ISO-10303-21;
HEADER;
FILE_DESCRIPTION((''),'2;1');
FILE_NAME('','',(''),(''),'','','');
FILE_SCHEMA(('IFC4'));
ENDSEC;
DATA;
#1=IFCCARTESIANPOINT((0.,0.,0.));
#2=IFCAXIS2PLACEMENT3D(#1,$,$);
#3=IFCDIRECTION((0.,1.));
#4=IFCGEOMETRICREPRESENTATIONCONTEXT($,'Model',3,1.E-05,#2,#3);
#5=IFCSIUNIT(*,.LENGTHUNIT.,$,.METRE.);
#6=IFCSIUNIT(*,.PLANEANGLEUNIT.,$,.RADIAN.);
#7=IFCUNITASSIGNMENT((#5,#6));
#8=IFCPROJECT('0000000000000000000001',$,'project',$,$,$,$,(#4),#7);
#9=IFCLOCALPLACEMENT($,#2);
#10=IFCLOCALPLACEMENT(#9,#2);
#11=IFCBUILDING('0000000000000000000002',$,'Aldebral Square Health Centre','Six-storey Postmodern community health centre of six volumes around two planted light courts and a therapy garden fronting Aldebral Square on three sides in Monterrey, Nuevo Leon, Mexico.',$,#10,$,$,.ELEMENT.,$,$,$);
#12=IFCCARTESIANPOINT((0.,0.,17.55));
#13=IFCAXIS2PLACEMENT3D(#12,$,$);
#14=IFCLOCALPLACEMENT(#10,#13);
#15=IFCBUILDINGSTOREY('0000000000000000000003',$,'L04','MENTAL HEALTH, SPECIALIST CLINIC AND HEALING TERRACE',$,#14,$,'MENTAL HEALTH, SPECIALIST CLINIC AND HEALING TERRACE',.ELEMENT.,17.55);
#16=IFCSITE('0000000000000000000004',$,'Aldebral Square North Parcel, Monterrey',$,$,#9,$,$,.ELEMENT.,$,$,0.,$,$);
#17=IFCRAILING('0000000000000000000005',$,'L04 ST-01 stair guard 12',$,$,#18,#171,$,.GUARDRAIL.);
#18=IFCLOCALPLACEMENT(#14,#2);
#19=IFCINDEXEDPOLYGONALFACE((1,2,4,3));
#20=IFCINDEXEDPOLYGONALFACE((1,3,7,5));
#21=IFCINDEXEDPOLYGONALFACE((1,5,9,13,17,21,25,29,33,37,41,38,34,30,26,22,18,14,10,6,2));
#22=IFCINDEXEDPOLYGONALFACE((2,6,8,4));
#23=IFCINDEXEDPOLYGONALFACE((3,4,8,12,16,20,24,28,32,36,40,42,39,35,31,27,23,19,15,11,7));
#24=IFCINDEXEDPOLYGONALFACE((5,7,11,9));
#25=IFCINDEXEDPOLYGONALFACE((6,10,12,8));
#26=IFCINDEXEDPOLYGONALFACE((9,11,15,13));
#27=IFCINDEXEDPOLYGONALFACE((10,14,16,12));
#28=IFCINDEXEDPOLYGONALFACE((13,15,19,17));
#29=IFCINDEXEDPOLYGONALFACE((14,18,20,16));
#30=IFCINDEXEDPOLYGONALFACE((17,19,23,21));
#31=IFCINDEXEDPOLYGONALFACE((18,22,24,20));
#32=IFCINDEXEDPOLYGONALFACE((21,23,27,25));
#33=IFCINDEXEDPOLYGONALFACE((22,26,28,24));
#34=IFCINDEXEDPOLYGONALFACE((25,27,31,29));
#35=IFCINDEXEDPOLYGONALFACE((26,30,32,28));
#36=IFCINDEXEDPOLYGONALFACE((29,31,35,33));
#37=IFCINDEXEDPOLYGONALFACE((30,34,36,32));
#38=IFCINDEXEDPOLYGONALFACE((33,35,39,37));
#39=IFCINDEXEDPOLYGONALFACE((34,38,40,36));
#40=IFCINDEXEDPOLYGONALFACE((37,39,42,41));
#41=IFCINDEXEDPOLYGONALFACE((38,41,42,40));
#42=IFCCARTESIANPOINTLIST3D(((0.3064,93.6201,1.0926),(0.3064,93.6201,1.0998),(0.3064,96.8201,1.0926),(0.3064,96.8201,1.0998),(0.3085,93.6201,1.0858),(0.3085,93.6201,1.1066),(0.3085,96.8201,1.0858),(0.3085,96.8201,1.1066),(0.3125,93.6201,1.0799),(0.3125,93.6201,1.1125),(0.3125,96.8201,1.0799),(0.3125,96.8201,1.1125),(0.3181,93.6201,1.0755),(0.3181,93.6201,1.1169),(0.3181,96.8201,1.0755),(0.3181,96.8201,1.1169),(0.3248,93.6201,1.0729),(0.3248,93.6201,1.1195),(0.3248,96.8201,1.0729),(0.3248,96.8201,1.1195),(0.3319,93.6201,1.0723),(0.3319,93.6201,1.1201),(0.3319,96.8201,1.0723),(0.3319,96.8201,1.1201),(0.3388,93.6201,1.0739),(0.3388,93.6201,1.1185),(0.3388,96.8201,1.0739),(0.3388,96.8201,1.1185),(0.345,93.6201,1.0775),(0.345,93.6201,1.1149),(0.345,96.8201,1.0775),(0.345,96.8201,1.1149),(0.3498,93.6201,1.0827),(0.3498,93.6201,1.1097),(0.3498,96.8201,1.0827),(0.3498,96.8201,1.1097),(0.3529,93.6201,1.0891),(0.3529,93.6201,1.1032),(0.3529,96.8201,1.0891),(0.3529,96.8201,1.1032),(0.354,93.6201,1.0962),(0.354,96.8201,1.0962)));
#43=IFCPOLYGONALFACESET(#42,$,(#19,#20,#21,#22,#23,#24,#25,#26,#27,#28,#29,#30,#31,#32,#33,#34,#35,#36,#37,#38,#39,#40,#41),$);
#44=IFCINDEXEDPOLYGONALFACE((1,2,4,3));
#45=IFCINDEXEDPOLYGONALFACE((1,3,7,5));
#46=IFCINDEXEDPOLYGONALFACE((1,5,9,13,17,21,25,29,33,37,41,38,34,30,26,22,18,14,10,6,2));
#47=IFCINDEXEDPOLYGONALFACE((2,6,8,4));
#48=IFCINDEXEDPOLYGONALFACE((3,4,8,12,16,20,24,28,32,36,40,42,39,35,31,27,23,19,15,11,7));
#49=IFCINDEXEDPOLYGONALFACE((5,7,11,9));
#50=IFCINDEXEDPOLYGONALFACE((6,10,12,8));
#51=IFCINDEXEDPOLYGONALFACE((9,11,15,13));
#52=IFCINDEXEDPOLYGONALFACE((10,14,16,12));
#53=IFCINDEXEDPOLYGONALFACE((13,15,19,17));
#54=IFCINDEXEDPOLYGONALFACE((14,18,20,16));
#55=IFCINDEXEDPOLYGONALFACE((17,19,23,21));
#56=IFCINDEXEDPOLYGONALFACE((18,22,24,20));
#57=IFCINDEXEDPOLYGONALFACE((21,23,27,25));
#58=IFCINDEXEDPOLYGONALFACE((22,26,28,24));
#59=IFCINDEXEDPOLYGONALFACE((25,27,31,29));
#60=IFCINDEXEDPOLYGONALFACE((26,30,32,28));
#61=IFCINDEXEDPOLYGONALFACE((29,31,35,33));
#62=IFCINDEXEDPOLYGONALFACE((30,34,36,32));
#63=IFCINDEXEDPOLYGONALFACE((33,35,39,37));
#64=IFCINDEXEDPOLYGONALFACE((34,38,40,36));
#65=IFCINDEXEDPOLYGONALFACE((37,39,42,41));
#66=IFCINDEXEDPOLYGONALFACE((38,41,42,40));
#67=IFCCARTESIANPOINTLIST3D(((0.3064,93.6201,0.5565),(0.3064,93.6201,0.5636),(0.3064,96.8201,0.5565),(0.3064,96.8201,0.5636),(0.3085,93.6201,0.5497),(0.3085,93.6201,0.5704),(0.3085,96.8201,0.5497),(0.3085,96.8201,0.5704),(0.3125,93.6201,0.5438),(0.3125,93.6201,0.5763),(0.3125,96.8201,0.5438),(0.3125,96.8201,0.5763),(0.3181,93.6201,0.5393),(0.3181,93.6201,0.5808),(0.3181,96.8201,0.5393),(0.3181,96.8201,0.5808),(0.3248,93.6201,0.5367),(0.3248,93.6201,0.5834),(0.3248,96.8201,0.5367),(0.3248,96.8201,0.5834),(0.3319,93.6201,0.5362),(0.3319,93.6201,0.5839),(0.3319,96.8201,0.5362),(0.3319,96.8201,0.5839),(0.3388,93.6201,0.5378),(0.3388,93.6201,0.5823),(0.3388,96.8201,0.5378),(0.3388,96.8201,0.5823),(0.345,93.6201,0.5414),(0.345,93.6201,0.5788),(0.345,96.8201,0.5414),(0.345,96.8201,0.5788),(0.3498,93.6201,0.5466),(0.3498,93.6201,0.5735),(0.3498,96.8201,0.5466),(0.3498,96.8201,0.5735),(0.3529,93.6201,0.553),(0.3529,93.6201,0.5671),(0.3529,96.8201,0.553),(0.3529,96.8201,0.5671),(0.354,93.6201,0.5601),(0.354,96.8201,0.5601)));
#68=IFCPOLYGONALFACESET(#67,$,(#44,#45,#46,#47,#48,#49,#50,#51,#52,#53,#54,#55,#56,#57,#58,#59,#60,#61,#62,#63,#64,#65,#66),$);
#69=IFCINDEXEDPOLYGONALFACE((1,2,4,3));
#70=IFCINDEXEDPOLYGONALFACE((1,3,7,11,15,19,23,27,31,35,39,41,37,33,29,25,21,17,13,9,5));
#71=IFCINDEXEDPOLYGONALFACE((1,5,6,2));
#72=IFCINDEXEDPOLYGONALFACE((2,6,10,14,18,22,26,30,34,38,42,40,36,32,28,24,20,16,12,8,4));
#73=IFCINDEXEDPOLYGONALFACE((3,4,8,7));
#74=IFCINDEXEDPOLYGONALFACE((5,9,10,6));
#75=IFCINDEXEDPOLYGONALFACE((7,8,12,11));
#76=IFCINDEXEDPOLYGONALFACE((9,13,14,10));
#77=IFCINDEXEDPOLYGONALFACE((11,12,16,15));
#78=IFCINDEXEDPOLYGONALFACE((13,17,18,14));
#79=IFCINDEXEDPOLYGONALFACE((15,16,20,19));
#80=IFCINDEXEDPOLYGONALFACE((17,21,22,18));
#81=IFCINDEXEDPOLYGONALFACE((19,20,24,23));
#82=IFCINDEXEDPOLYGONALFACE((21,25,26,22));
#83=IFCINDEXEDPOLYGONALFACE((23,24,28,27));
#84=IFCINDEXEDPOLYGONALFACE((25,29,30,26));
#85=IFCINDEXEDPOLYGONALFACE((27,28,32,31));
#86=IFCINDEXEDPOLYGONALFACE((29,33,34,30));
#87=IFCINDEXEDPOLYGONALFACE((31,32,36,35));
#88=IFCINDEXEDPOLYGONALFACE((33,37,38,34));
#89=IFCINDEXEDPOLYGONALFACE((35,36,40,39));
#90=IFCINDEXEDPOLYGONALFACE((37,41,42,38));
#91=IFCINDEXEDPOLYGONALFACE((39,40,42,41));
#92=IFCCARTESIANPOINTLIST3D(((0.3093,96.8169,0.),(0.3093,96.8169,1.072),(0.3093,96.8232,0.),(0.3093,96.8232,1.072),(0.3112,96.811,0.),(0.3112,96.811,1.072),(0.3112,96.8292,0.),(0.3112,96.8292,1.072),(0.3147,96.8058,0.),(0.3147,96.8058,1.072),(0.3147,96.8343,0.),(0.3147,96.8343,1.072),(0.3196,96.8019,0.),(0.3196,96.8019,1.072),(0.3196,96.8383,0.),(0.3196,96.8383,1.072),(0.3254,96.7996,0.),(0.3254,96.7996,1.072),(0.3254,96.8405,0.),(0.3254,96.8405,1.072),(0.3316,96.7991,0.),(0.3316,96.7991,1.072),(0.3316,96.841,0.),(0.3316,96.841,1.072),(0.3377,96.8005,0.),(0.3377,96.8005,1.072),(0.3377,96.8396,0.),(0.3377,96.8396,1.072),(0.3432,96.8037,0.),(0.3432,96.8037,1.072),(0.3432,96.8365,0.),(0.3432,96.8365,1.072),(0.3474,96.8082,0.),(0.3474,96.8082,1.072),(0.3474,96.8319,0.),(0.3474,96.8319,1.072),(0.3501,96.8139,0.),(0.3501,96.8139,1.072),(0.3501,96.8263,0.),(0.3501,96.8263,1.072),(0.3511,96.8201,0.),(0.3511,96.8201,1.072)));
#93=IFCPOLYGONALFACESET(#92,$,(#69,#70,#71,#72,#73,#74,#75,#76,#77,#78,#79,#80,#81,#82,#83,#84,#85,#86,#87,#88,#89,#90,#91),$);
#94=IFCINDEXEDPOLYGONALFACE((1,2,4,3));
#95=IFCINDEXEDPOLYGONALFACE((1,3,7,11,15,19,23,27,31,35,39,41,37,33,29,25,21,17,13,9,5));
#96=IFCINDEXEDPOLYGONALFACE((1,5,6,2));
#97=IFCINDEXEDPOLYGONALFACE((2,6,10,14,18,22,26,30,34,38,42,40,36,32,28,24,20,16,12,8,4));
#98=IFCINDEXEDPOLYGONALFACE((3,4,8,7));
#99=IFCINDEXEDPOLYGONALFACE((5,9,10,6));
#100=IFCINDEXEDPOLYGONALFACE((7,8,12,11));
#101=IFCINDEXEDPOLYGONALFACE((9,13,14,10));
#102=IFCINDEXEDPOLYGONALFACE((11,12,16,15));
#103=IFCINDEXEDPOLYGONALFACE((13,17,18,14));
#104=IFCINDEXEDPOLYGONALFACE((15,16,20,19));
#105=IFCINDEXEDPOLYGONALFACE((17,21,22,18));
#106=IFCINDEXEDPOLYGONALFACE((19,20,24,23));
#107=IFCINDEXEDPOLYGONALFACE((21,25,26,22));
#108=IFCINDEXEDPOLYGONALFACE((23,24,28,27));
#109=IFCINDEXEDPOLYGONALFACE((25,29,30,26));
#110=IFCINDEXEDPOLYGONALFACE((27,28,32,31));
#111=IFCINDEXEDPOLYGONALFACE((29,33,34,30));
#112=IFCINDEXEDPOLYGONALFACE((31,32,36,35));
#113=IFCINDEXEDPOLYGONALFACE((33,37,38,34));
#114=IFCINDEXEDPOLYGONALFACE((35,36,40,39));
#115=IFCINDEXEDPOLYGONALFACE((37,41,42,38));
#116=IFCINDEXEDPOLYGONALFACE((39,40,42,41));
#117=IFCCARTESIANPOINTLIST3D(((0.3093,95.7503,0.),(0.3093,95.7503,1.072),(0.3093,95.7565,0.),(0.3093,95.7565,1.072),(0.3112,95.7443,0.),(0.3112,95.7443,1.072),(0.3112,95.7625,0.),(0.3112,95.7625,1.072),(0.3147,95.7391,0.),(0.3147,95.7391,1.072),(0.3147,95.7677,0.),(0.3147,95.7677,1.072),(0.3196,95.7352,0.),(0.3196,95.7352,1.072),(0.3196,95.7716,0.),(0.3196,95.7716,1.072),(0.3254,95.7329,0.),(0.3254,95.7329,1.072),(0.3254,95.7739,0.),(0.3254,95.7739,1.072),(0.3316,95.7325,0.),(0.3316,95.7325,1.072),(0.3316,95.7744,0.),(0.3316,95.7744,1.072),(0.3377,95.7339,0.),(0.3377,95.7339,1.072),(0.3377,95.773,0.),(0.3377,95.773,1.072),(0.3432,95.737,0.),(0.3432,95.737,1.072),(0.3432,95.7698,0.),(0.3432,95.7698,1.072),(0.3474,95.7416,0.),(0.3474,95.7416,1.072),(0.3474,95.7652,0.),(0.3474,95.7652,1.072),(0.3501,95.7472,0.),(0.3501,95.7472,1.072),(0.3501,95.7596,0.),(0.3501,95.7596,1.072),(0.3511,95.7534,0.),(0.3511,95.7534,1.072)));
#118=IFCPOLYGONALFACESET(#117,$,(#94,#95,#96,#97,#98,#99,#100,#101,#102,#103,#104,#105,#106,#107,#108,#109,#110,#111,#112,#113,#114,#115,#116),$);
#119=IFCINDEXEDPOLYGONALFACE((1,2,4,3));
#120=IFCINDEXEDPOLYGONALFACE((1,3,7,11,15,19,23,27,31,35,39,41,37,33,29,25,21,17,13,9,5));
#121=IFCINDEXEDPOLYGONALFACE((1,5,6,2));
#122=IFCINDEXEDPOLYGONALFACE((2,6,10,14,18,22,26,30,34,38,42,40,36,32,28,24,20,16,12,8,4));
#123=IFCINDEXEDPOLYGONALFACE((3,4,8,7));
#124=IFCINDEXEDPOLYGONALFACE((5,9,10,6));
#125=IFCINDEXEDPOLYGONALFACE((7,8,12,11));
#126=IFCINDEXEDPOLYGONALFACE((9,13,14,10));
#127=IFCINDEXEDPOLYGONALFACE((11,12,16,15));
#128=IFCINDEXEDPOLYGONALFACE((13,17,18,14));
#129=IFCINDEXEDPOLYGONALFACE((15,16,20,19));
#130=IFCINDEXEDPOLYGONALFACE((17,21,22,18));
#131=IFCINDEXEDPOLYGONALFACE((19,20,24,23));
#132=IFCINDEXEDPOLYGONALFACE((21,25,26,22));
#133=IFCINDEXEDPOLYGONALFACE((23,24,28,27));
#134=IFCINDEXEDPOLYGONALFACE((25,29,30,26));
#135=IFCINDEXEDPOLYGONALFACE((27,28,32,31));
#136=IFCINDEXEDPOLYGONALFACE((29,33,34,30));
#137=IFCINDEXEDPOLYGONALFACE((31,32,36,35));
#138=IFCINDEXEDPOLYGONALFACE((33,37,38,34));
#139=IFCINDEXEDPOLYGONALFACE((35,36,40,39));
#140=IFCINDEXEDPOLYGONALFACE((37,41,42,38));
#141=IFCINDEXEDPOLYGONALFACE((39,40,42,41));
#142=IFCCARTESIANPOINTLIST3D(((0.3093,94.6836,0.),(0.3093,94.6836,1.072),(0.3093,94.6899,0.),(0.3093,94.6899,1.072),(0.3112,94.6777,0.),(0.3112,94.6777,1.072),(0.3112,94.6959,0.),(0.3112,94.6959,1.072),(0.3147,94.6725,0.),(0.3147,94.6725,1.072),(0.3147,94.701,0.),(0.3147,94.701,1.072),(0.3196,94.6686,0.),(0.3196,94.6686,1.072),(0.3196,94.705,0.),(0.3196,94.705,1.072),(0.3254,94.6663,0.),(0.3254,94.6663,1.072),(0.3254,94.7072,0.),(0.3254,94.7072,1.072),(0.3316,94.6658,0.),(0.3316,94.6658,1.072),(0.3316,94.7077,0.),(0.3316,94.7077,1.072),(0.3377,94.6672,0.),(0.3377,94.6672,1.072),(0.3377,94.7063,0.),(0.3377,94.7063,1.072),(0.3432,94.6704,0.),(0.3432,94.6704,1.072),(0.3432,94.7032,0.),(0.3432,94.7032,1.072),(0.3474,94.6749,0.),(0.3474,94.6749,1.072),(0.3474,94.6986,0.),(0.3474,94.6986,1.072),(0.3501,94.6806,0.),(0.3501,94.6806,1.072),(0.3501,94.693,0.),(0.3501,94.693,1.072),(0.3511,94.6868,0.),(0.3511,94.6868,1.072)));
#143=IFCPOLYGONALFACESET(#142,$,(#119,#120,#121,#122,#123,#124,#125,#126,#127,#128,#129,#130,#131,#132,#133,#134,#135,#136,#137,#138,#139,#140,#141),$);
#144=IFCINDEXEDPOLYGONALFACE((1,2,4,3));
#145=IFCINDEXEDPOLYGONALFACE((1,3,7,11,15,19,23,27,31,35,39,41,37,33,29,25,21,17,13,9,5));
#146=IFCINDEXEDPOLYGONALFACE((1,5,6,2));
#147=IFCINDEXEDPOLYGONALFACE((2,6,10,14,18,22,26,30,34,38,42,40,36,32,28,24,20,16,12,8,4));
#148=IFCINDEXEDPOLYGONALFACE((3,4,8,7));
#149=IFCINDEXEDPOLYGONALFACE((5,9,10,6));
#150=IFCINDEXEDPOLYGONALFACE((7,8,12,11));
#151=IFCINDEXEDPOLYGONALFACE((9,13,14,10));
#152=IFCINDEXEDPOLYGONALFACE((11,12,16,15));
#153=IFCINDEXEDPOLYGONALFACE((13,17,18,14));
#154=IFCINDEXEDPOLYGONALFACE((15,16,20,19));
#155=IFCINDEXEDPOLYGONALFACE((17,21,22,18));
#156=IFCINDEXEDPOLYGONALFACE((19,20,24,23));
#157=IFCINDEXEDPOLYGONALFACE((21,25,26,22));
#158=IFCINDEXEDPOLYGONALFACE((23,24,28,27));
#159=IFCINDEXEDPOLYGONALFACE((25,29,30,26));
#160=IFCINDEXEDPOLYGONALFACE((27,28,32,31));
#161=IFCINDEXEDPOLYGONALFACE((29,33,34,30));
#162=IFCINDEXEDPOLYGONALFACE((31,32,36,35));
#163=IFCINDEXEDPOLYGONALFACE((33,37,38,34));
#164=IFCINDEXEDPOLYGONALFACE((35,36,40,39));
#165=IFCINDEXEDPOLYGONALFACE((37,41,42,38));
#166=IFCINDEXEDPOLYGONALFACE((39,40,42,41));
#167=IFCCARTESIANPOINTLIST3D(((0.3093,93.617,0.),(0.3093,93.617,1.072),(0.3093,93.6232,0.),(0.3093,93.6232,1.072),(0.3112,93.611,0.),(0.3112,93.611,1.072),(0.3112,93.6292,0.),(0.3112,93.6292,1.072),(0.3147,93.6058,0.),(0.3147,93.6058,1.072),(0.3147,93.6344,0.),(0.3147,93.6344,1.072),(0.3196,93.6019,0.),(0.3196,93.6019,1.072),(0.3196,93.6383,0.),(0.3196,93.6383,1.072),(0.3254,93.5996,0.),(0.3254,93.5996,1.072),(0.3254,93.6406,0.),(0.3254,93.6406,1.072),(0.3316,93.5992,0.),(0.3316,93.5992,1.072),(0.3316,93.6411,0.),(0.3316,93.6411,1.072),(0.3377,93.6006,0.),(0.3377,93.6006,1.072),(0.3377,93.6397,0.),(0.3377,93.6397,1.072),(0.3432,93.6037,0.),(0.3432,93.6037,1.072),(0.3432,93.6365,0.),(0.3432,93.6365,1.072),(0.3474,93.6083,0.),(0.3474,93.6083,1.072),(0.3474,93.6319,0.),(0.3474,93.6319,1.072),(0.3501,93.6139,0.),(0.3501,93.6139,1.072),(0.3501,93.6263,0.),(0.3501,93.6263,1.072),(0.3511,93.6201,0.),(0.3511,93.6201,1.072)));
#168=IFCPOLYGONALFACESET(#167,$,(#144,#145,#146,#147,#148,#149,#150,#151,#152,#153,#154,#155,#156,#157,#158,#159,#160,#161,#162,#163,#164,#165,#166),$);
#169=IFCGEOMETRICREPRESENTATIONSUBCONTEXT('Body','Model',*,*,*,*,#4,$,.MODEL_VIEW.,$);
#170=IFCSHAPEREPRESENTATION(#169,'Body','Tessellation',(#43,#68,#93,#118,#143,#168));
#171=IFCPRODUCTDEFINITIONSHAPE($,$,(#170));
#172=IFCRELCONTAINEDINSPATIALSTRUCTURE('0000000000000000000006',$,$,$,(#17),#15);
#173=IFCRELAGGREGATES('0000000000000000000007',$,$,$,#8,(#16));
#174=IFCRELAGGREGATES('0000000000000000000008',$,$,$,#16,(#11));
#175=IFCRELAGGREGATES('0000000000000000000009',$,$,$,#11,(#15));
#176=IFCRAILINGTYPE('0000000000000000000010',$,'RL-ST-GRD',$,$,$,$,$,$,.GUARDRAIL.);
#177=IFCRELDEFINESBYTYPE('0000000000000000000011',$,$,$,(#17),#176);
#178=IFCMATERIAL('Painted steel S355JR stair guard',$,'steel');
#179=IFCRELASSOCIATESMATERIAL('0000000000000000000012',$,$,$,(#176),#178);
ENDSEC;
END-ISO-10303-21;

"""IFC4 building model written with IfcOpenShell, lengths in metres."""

from ifc_helpers import new_model, si_unit, direction, frame, origin, origin_2d, place, context, subcontext, project, spatial, circle, extrude, material, type_object, element, save


model = new_model("IFC4")

# Units and contexts
model_context = context("Model", 3, precision=1e-05, world=origin(), true_north=direction((0.0, 1.0)))
body_context = subcontext(model_context, "Body", "Model", "MODEL_VIEW")
ifc_project = project(units=[si_unit("LENGTHUNIT", "METRE"), si_unit("PLANEANGLEUNIT", "RADIAN")], contexts=[model_context])

# Site, building, storey
site_placement = place(None, origin())
site = spatial("IfcSite", under=ifc_project, at=site_placement, Name="Aldebral Square North Parcel, Monterrey", CompositionType="ELEMENT", RefElevation=0.0)
building_placement = place(site_placement, origin())
building = spatial("IfcBuilding", under=site, at=building_placement, Name="Aldebral Square Health Centre", Description="Six-storey Postmodern community health centre of six volumes around two planted light courts and a therapy garden fronting Aldebral Square on three sides in Monterrey, Nuevo Leon, Mexico.", CompositionType="ELEMENT")
storey_placement = place(building_placement, frame((0.0, 0.0, 17.55)))
storey = spatial("IfcBuildingStorey", under=building, at=storey_placement, Name="L04", Description="MENTAL HEALTH, SPECIALIST CLINIC AND HEALING TERRACE", LongName="MENTAL HEALTH, SPECIALIST CLINIC AND HEALING TERRACE", CompositionType="ELEMENT", Elevation=17.55)

# Railing
ifc_material_1 = material(Name="Painted steel S355JR stair guard", Category="steel")
railing_type_1 = type_object("IfcRailingType", Name="RL-ST-GRD", PredefinedType="GUARDRAIL", material=ifc_material_1)
railing_1_placement = place(storey_placement, frame((0.3301, 96.8201, 0.0)))
element("IfcRailing", 1, at=railing_1_placement, inside=storey, type_object=railing_type_1, Name="L04 ST-01 stair guard 12", PredefinedType="GUARDRAIL", context=body_context, shape_type="SweptSolid", body=[
    extrude(circle(Radius=0.0239, at=origin_2d()), frame((0.0, 0.0, 1.0962), z_axis=(0.0, -1.0, 0.0), x_axis=(1.0, 0.0, 0.0)), (0.0, 0.0, 1.0), 3.2),
    extrude(circle(Radius=0.0239, at=origin_2d()), frame((0.0, 0.0, 0.5601), z_axis=(0.0, -1.0, 0.0), x_axis=(1.0, 0.0, 0.0)), (0.0, 0.0, 1.0), 3.2),
    extrude(circle(Radius=0.021, at=origin_2d()), origin(), (0.0, 0.0, 1.0), 1.072),
    extrude(circle(Radius=0.021, at=origin_2d()), frame((0.0, -1.0667, 0.0)), (0.0, 0.0, 1.0), 1.072),
    extrude(circle(Radius=0.021, at=origin_2d()), frame((0.0, -2.1333, 0.0)), (0.0, 0.0, 1.0), 1.072),
    extrude(circle(Radius=0.021, at=origin_2d()), frame((0.0, -3.2, 0.0)), (0.0, 0.0, 1.0), 1.072),
])

save(model, "model.ifc")
